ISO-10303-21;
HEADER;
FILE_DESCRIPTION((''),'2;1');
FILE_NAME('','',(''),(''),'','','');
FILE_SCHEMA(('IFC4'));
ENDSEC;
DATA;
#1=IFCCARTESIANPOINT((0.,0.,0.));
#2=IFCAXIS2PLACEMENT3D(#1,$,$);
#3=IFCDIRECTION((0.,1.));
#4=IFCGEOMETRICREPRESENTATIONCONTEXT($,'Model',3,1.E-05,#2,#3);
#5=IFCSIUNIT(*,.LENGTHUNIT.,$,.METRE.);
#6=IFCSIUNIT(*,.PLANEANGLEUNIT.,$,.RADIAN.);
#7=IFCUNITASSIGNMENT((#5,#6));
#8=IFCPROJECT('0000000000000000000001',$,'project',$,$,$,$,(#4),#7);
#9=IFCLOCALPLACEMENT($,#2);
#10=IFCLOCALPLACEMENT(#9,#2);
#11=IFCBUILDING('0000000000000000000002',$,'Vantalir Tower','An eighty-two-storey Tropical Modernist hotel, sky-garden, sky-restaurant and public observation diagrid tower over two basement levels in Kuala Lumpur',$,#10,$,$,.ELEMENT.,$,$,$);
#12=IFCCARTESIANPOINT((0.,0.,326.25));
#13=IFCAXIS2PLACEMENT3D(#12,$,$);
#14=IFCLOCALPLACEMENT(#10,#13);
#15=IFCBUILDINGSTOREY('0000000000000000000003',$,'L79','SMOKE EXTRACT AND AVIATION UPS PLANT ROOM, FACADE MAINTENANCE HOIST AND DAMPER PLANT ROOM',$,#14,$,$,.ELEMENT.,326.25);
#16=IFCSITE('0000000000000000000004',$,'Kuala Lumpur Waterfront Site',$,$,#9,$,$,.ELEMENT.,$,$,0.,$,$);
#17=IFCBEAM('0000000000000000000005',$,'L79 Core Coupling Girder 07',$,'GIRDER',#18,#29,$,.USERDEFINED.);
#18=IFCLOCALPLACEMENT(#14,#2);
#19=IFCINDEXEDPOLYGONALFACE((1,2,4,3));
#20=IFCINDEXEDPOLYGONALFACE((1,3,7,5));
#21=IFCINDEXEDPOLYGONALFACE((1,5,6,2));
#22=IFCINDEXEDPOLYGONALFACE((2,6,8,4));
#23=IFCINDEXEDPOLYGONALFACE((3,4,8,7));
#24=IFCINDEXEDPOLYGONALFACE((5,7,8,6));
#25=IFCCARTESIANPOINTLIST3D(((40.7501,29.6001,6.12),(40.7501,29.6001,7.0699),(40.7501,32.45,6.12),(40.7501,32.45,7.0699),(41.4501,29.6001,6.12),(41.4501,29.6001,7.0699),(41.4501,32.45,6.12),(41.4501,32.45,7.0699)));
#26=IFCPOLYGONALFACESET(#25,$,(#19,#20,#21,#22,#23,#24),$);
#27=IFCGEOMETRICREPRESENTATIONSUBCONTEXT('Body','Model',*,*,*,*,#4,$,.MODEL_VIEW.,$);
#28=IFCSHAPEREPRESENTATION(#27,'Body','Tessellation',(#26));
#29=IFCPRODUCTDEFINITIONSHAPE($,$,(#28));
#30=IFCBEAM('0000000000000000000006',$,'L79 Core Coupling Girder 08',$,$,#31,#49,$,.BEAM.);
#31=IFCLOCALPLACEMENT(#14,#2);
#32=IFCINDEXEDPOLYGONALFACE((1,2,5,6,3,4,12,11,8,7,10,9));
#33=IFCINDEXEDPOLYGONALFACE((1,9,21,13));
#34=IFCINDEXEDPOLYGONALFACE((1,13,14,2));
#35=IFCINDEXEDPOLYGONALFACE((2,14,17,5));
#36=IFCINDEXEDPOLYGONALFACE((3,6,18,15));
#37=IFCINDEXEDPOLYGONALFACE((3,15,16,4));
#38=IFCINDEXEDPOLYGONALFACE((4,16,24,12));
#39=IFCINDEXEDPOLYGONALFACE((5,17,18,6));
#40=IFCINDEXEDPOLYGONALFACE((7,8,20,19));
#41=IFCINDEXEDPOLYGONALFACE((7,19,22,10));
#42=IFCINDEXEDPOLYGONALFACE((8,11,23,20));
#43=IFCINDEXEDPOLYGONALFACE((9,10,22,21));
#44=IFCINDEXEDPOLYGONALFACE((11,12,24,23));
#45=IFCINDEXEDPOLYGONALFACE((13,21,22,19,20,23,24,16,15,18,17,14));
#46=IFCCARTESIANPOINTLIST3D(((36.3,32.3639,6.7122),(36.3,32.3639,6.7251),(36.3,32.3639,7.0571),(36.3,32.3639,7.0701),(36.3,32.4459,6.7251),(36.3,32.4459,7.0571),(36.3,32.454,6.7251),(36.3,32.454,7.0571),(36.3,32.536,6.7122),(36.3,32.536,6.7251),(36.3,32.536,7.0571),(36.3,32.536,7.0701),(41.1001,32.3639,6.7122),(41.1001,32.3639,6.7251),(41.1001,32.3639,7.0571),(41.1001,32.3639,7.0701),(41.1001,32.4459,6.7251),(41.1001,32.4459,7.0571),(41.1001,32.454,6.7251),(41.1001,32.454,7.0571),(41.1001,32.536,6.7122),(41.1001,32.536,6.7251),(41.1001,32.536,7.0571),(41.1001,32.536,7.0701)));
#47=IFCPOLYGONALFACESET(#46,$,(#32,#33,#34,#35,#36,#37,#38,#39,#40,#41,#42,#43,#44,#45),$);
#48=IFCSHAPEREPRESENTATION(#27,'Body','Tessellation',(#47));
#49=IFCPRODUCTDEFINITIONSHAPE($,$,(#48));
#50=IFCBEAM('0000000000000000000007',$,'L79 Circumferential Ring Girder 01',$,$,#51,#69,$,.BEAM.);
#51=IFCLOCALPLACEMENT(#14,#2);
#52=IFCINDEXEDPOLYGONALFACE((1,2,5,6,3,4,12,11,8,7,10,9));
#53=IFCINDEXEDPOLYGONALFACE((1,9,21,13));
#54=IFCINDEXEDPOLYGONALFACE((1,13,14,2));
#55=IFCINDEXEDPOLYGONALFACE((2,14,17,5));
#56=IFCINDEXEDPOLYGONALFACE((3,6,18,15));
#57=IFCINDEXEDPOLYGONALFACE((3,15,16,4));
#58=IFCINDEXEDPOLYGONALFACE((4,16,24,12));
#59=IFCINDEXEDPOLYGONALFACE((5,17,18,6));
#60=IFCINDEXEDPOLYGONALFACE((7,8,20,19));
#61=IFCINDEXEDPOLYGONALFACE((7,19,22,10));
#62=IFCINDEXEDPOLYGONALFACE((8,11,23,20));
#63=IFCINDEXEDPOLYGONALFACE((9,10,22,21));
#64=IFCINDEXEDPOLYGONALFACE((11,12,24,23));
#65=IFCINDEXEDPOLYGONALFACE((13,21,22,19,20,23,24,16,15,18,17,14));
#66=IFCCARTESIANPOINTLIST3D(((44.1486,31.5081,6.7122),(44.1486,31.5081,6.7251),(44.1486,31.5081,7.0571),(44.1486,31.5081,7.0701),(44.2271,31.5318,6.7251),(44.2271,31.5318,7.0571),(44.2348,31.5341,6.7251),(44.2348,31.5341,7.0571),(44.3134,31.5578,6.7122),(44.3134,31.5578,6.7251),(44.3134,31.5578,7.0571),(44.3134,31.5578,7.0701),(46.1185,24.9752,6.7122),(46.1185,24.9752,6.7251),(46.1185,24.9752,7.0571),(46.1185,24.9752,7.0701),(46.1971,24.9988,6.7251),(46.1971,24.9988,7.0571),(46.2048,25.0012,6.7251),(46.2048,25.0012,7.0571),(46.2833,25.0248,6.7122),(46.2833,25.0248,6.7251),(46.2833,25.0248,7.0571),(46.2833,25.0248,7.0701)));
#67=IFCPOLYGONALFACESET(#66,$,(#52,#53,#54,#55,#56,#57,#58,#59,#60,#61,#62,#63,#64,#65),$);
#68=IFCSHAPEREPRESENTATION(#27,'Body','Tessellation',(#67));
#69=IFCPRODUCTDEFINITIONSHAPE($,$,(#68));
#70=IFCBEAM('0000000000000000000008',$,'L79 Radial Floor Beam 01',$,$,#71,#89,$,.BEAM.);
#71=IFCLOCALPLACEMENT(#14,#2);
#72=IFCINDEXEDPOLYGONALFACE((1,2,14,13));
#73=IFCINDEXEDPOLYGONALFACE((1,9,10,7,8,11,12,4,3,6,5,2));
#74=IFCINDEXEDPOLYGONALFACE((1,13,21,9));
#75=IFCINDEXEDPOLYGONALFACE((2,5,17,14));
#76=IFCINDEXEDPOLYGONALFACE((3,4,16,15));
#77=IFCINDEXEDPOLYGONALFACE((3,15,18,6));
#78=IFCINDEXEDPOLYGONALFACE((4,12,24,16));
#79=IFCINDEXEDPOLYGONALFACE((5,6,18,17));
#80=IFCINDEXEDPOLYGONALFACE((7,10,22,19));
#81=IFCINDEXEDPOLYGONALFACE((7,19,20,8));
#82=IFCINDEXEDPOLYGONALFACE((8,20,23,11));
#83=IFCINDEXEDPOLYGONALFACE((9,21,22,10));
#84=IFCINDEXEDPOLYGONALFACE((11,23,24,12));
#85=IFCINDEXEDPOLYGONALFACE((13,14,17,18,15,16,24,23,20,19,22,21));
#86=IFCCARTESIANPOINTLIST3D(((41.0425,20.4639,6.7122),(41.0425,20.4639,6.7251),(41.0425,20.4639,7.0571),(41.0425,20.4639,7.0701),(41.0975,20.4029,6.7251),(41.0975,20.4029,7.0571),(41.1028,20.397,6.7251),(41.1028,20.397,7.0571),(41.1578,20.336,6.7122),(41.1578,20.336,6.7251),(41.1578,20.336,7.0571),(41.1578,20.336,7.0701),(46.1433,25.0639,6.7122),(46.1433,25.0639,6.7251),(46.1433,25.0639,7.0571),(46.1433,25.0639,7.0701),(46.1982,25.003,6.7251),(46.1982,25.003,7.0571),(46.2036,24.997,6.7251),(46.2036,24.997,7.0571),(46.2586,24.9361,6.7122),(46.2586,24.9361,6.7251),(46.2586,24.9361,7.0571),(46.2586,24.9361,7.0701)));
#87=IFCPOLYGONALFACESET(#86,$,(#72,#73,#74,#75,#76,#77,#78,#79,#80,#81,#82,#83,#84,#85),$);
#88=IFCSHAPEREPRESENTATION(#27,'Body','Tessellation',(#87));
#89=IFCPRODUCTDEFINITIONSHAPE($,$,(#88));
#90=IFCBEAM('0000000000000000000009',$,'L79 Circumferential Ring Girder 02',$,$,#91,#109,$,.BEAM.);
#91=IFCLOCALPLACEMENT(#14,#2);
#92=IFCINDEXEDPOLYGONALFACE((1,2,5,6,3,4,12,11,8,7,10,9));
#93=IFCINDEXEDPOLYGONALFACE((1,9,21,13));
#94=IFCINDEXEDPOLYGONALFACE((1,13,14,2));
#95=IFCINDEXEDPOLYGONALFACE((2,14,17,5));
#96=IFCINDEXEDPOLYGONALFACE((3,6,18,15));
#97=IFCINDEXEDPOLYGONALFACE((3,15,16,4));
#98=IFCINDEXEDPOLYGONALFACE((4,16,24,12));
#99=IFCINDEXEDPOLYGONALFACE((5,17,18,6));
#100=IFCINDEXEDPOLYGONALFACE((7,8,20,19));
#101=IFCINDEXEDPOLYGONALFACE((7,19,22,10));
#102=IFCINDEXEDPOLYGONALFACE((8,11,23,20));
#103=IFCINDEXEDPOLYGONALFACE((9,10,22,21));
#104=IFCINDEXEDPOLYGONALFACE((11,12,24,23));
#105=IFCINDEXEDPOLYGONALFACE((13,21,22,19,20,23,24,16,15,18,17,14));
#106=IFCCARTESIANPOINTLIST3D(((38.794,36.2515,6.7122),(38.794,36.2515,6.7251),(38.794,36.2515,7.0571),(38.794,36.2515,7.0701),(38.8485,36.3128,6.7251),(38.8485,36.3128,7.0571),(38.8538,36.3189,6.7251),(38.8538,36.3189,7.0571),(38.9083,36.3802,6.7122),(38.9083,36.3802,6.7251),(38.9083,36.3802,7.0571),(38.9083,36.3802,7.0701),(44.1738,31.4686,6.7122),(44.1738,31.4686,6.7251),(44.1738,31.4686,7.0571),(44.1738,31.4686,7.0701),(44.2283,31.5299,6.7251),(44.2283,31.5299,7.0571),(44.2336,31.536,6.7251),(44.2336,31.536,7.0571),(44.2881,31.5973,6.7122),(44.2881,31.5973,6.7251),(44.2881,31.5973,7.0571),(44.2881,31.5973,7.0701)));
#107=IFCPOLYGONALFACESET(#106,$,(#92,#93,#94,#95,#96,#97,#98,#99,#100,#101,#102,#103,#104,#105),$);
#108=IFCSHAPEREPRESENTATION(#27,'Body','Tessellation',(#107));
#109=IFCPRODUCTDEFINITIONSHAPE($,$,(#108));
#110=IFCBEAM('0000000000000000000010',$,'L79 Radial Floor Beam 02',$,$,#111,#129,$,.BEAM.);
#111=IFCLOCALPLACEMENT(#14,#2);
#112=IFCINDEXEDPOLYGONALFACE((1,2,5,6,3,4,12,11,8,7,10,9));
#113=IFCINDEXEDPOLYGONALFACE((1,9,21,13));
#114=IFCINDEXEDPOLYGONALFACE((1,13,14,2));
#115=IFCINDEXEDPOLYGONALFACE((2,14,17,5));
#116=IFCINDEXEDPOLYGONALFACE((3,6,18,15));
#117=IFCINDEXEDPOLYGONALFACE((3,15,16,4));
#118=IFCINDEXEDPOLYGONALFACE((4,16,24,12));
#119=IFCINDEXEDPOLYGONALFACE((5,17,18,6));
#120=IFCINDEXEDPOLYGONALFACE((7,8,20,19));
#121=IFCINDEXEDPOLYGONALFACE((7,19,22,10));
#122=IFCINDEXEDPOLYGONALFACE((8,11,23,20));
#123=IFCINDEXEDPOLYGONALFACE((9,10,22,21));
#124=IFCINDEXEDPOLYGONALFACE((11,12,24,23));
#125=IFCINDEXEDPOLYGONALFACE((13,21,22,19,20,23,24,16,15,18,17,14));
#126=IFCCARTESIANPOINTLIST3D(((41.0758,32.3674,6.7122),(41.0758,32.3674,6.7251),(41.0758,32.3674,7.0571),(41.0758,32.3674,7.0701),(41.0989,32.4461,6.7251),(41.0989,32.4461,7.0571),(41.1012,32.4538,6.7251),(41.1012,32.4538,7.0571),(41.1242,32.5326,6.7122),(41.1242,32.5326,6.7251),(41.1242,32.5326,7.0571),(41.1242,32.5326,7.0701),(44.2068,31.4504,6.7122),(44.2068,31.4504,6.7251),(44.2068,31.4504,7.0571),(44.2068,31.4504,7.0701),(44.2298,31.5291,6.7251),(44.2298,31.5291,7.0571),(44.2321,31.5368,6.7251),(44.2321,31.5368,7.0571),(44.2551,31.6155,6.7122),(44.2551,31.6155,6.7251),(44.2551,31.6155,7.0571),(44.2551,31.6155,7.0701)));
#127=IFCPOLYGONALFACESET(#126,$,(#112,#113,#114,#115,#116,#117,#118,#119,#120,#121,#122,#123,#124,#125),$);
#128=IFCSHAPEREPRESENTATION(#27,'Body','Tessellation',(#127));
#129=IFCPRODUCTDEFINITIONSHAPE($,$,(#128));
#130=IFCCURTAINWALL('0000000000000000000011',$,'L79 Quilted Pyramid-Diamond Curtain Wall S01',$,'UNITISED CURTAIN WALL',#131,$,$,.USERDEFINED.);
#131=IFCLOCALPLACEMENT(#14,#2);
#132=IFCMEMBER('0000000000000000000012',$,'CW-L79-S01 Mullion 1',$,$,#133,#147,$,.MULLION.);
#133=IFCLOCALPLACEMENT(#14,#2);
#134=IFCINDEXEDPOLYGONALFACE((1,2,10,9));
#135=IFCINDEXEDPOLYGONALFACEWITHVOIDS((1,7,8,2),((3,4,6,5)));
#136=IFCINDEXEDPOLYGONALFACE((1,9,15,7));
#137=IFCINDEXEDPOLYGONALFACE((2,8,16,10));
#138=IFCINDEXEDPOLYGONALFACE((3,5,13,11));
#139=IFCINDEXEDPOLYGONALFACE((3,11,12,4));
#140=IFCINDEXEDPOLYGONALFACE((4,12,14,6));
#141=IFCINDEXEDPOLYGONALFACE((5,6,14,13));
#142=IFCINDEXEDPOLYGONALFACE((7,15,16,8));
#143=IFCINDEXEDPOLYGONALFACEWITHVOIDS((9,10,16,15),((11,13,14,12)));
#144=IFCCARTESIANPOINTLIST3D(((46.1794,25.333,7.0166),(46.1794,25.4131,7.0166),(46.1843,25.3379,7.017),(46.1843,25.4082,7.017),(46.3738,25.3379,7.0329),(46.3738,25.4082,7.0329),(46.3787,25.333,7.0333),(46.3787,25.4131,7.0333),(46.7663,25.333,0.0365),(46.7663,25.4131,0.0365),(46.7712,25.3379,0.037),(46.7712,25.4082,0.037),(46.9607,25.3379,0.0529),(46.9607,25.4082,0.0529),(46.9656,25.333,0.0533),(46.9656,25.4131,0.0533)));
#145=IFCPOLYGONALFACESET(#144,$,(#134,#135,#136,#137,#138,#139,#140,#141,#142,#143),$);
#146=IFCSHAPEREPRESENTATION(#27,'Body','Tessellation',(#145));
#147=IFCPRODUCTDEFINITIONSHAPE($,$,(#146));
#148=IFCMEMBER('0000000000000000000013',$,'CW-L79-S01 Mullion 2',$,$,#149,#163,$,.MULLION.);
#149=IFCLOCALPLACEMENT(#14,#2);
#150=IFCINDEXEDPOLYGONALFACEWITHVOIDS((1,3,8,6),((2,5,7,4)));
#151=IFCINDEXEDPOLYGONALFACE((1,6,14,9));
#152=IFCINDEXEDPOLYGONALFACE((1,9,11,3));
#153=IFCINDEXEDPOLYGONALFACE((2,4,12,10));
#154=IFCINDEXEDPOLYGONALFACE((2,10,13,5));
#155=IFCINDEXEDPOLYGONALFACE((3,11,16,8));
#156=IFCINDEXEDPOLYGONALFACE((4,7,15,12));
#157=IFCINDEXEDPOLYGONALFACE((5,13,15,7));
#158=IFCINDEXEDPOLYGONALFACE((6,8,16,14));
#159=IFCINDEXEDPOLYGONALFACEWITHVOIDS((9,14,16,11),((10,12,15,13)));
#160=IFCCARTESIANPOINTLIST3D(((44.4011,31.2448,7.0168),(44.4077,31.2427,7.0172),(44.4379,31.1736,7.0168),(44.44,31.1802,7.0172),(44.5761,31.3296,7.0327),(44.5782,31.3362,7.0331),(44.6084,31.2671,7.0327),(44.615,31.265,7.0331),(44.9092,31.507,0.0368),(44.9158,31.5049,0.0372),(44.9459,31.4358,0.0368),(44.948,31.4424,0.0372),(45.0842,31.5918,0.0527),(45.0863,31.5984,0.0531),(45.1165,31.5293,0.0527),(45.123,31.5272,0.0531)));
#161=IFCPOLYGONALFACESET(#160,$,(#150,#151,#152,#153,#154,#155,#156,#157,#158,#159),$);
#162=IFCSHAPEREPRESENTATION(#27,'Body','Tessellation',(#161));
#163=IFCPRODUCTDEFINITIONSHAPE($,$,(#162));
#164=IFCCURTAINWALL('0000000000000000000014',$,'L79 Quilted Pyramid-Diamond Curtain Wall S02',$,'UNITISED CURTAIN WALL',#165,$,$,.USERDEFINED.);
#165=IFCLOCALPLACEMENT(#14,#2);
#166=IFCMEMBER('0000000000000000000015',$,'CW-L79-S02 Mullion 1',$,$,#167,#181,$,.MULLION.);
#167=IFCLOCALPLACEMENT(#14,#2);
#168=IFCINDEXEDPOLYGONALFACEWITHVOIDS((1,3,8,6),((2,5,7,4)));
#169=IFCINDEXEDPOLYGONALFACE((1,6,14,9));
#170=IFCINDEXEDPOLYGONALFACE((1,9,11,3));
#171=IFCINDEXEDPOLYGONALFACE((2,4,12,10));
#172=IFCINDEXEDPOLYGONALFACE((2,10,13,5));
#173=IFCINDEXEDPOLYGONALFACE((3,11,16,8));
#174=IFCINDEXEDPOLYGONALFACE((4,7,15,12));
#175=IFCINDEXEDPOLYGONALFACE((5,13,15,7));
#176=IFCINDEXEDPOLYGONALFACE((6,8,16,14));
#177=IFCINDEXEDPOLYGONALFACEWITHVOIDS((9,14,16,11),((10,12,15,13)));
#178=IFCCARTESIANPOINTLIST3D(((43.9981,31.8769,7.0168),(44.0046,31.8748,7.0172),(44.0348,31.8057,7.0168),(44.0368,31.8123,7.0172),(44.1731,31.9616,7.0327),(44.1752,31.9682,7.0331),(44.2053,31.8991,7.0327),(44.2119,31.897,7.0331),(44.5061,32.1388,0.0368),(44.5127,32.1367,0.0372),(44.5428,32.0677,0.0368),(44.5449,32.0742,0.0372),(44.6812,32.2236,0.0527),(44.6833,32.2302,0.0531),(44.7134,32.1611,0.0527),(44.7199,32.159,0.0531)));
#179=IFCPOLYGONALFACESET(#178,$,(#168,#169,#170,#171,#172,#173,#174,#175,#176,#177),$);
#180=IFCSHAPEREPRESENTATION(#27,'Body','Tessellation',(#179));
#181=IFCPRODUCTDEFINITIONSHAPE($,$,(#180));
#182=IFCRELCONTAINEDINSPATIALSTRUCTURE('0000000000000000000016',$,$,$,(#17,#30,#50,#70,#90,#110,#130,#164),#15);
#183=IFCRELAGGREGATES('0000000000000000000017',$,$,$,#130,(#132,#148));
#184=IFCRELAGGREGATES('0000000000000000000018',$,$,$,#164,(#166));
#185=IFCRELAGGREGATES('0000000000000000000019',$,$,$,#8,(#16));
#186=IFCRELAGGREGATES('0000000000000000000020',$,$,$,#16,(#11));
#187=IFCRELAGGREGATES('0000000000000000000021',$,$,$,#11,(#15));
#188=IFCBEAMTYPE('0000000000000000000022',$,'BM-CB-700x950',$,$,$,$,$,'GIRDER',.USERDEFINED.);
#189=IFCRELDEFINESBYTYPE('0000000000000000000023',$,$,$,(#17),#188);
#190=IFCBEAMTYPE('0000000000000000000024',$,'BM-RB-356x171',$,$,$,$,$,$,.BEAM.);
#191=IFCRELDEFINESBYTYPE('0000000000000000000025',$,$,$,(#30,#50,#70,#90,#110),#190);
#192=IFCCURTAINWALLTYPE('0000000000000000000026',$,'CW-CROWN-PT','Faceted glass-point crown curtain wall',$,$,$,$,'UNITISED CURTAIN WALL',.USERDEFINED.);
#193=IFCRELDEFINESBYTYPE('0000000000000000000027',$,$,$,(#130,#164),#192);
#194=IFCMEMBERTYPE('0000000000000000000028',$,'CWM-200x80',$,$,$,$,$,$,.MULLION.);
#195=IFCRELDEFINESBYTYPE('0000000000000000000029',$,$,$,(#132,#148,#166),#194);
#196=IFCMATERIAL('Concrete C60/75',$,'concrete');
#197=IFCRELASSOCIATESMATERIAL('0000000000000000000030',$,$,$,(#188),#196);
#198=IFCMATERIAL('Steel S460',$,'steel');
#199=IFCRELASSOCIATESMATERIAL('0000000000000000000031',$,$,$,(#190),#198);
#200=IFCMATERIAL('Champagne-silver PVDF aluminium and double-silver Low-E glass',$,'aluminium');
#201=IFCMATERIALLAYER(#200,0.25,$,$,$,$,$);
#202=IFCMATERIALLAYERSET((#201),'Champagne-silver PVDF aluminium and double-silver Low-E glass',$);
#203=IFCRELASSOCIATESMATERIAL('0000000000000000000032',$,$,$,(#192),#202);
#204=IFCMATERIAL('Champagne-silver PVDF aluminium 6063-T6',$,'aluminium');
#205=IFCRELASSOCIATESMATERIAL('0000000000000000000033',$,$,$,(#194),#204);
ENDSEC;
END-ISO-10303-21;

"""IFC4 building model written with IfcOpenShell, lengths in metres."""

from ifc_helpers import new_model, si_unit, direction, frame, origin, origin_2d, place, context, subcontext, project, spatial, rectangle, hollow_rectangle, i_section, extrude, material, layer, layer_set, material_profile, profile_set, type_object, element, aggregate, save


model = new_model("IFC4")

# Units and contexts
model_context = context("Model", 3, precision=1e-05, world=origin(), true_north=direction((0.0, 1.0)))
body_context = subcontext(model_context, "Body", "Model", "MODEL_VIEW")
ifc_project = project(units=[si_unit("LENGTHUNIT", "METRE"), si_unit("PLANEANGLEUNIT", "RADIAN")], contexts=[model_context])

# Site, building, storey
site_placement = place(None, origin())
site = spatial("IfcSite", under=ifc_project, at=site_placement, Name="Kuala Lumpur Waterfront Site", CompositionType="ELEMENT", RefElevation=0.0)
building_placement = place(site_placement, origin())
building = spatial("IfcBuilding", under=site, at=building_placement, Name="Vantalir Tower", Description="An eighty-two-storey Tropical Modernist hotel, sky-garden, sky-restaurant and public observation diagrid tower over two basement levels in Kuala Lumpur", CompositionType="ELEMENT")
storey_placement = place(building_placement, frame((0.0, 0.0, 326.25)))
storey = spatial("IfcBuildingStorey", under=building, at=storey_placement, Name="L79", Description="SMOKE EXTRACT AND AVIATION UPS PLANT ROOM, FACADE MAINTENANCE HOIST AND DAMPER PLANT ROOM", CompositionType="ELEMENT", Elevation=326.25)

# Shared definitions
ifc_material_1 = material(Name="Steel S460", Category="steel")

# Beams
ifc_material_2 = material(Name="Concrete C60/75", Category="concrete")
ifc_material_profile_1 = material_profile(ifc_material_2, rectangle(XDim=0.7, YDim=0.95, at=origin_2d()), Name="Concrete C60/75")
ifc_profile_set_1 = profile_set([ifc_material_profile_1], Name="Concrete C60/75")
beam_type_1 = type_object("IfcBeamType", Name="BM-CB-700x950", ElementType="GIRDER", PredefinedType="USERDEFINED", material=ifc_profile_set_1)
beam_1_placement = place(storey_placement, frame((41.1001, 29.6001, 6.595), z_axis=(0.0, 1.0, 0.0), x_axis=(-1.0, 0.0, 0.0)))
element("IfcBeam", 1, at=beam_1_placement, inside=storey, type_object=beam_type_1, Name="L79 Core Coupling Girder 07", ObjectType="GIRDER", PredefinedType="USERDEFINED", context=body_context, shape_type="SweptSolid", body=[
    extrude(rectangle(XDim=0.7, YDim=0.95, at=origin_2d()), origin(), (0.0, 0.0, 1.0), 2.8499),
])
ifc_material_profile_2 = material_profile(ifc_material_1, i_section(OverallWidth=0.1721, OverallDepth=0.3579, WebThickness=0.0081, FlangeThickness=0.0129, at=origin_2d()), Name="Steel S460")
ifc_profile_set_2 = profile_set([ifc_material_profile_2], Name="Steel S460")
beam_type_2 = type_object("IfcBeamType", Name="BM-RB-356x171", PredefinedType="BEAM", material=ifc_profile_set_2)
beam_2_placement = place(storey_placement, frame((41.1001, 32.45, 6.8911), z_axis=(-1.0, 0.0, 0.0), x_axis=(0.0, -1.0, 0.0)))
element("IfcBeam", 2, at=beam_2_placement, inside=storey, type_object=beam_type_2, Name="L79 Core Coupling Girder 08", PredefinedType="BEAM", context=body_context, shape_type="SweptSolid", body=[
    extrude(i_section(OverallWidth=0.1721, OverallDepth=0.3579, WebThickness=0.0081, FlangeThickness=0.0129, at=origin_2d()), origin(), (0.0, 0.0, 1.0), 4.8),
])
beam_3_placement = place(storey_placement, frame((46.2009, 25.0, 6.8911), z_axis=(-0.288703, 0.957419, 0.0), x_axis=(-0.957419, -0.288703, 0.0)))
element("IfcBeam", 3, at=beam_3_placement, inside=storey, type_object=beam_type_2, Name="L79 Circumferential Ring Girder 01", PredefinedType="BEAM", context=body_context, shape_type="SweptSolid", body=[
    extrude(i_section(OverallWidth=0.1721, OverallDepth=0.3579, WebThickness=0.0081, FlangeThickness=0.0129, at=origin_2d()), origin(), (0.0, 0.0, 1.0), 6.8235),
])
beam_4_placement = place(storey_placement, frame((46.2009, 25.0, 6.8911), z_axis=(-0.742617, -0.669717, 0.0), x_axis=(0.669717, -0.742617, 0.0)))
element("IfcBeam", 4, at=beam_4_placement, inside=storey, type_object=beam_type_2, Name="L79 Radial Floor Beam 01", PredefinedType="BEAM", context=body_context, shape_type="SweptSolid", body=[
    extrude(i_section(OverallWidth=0.1721, OverallDepth=0.3579, WebThickness=0.0081, FlangeThickness=0.0129, at=origin_2d()), origin(), (0.0, 0.0, 1.0), 6.8687),
])
beam_5_placement = place(storey_placement, frame((44.231, 31.533, 6.8911), z_axis=(-0.747351, 0.664429, 0.0), x_axis=(-0.664429, -0.747351, 0.0)))
element("IfcBeam", 5, at=beam_5_placement, inside=storey, type_object=beam_type_2, Name="L79 Circumferential Ring Girder 02", PredefinedType="BEAM", context=body_context, shape_type="SweptSolid", body=[
    extrude(i_section(OverallWidth=0.1721, OverallDepth=0.3579, WebThickness=0.0081, FlangeThickness=0.0129, at=origin_2d()), origin(), (0.0, 0.0, 1.0), 7.1985),
])
beam_6_placement = place(storey_placement, frame((44.231, 31.533, 6.8911), z_axis=(-0.959684, 0.28108, 0.0), x_axis=(-0.28108, -0.959684, 0.0)))
element("IfcBeam", 6, at=beam_6_placement, inside=storey, type_object=beam_type_2, Name="L79 Radial Floor Beam 02", PredefinedType="BEAM", context=body_context, shape_type="SweptSolid", body=[
    extrude(i_section(OverallWidth=0.1721, OverallDepth=0.3579, WebThickness=0.0081, FlangeThickness=0.0129, at=origin_2d()), origin(), (0.0, 0.0, 1.0), 3.2625),
])

# Curtain walls, members
ifc_material_3 = material(Name="Champagne-silver PVDF aluminium and double-silver Low-E glass", Category="aluminium")
ifc_layer_1 = layer(ifc_material_3, 0.25)
ifc_layer_set_1 = layer_set([ifc_layer_1], Name="Champagne-silver PVDF aluminium and double-silver Low-E glass")
curtain_wall_type = type_object("IfcCurtainWallType", Name="CW-CROWN-PT", Description="Faceted glass-point crown curtain wall", ElementType="UNITISED CURTAIN WALL", PredefinedType="USERDEFINED", material=ifc_layer_set_1)
curtain_wall_1_placement = place(storey_placement, origin())
curtain_wall_1 = element("IfcCurtainWall", 7, at=curtain_wall_1_placement, inside=storey, type_object=curtain_wall_type, Name="L79 Quilted Pyramid-Diamond Curtain Wall S01", ObjectType="UNITISED CURTAIN WALL", PredefinedType="USERDEFINED")
ifc_material_4 = material(Name="Champagne-silver PVDF aluminium 6063-T6", Category="aluminium")
ifc_material_profile_3 = material_profile(ifc_material_4, hollow_rectangle(XDim=0.0801, YDim=0.2, WallThickness=0.0049, at=origin_2d()), Name="Champagne-silver PVDF aluminium 6063-T6")
ifc_profile_set_3 = profile_set([ifc_material_profile_3], Name="Champagne-silver PVDF aluminium 6063-T6")
member_type_1 = type_object("IfcMemberType", Name="CWM-200x80", PredefinedType="MULLION", material=ifc_profile_set_3)
member_1_placement = place(storey_placement, frame((46.866, 25.373, 0.0449), z_axis=(-0.08379, 0.0, 0.996483), x_axis=(0.0, -1.0, 0.0)))
member_1 = element("IfcMember", 8, at=member_1_placement, type_object=member_type_1, Name="CW-L79-S01 Mullion 1", PredefinedType="MULLION", context=body_context, shape_type="SweptSolid", body=[
    extrude(hollow_rectangle(XDim=0.0801, YDim=0.2, WallThickness=0.0049, at=origin_2d()), origin(), (0.0, 0.0, 1.0), 7.0046),
])
member_2_placement = place(storey_placement, frame((45.0161, 31.5171, 0.0449), z_axis=(-0.072545, -0.03744, 0.996662), x_axis=(0.458621, -0.888632, 0.0)))
member_2 = element("IfcMember", 9, at=member_2_placement, type_object=member_type_1, Name="CW-L79-S01 Mullion 2", PredefinedType="MULLION", context=body_context, shape_type="SweptSolid", body=[
    extrude(hollow_rectangle(XDim=0.0801, YDim=0.2, WallThickness=0.0049, at=origin_2d()), origin(), (0.0, 0.0, 1.0), 7.0034),
])
curtain_wall_2_placement = place(storey_placement, origin())
curtain_wall_2 = element("IfcCurtainWall", 10, at=curtain_wall_2_placement, inside=storey, type_object=curtain_wall_type, Name="L79 Quilted Pyramid-Diamond Curtain Wall S02", ObjectType="UNITISED CURTAIN WALL", PredefinedType="USERDEFINED")
member_3_placement = place(storey_placement, frame((44.613, 32.1489, 0.0449), z_axis=(-0.072545, -0.037405, 0.996663), x_axis=(0.458284, -0.888806, 0.0)))
member_3 = element("IfcMember", 11, at=member_3_placement, type_object=member_type_1, Name="CW-L79-S02 Mullion 1", PredefinedType="MULLION", context=body_context, shape_type="SweptSolid", body=[
    extrude(hollow_rectangle(XDim=0.0801, YDim=0.2, WallThickness=0.0049, at=origin_2d()), origin(), (0.0, 0.0, 1.0), 7.0034),
])

aggregate(curtain_wall_1, [member_1, member_2])
aggregate(curtain_wall_2, [member_3])

save(model, "model.ifc")
